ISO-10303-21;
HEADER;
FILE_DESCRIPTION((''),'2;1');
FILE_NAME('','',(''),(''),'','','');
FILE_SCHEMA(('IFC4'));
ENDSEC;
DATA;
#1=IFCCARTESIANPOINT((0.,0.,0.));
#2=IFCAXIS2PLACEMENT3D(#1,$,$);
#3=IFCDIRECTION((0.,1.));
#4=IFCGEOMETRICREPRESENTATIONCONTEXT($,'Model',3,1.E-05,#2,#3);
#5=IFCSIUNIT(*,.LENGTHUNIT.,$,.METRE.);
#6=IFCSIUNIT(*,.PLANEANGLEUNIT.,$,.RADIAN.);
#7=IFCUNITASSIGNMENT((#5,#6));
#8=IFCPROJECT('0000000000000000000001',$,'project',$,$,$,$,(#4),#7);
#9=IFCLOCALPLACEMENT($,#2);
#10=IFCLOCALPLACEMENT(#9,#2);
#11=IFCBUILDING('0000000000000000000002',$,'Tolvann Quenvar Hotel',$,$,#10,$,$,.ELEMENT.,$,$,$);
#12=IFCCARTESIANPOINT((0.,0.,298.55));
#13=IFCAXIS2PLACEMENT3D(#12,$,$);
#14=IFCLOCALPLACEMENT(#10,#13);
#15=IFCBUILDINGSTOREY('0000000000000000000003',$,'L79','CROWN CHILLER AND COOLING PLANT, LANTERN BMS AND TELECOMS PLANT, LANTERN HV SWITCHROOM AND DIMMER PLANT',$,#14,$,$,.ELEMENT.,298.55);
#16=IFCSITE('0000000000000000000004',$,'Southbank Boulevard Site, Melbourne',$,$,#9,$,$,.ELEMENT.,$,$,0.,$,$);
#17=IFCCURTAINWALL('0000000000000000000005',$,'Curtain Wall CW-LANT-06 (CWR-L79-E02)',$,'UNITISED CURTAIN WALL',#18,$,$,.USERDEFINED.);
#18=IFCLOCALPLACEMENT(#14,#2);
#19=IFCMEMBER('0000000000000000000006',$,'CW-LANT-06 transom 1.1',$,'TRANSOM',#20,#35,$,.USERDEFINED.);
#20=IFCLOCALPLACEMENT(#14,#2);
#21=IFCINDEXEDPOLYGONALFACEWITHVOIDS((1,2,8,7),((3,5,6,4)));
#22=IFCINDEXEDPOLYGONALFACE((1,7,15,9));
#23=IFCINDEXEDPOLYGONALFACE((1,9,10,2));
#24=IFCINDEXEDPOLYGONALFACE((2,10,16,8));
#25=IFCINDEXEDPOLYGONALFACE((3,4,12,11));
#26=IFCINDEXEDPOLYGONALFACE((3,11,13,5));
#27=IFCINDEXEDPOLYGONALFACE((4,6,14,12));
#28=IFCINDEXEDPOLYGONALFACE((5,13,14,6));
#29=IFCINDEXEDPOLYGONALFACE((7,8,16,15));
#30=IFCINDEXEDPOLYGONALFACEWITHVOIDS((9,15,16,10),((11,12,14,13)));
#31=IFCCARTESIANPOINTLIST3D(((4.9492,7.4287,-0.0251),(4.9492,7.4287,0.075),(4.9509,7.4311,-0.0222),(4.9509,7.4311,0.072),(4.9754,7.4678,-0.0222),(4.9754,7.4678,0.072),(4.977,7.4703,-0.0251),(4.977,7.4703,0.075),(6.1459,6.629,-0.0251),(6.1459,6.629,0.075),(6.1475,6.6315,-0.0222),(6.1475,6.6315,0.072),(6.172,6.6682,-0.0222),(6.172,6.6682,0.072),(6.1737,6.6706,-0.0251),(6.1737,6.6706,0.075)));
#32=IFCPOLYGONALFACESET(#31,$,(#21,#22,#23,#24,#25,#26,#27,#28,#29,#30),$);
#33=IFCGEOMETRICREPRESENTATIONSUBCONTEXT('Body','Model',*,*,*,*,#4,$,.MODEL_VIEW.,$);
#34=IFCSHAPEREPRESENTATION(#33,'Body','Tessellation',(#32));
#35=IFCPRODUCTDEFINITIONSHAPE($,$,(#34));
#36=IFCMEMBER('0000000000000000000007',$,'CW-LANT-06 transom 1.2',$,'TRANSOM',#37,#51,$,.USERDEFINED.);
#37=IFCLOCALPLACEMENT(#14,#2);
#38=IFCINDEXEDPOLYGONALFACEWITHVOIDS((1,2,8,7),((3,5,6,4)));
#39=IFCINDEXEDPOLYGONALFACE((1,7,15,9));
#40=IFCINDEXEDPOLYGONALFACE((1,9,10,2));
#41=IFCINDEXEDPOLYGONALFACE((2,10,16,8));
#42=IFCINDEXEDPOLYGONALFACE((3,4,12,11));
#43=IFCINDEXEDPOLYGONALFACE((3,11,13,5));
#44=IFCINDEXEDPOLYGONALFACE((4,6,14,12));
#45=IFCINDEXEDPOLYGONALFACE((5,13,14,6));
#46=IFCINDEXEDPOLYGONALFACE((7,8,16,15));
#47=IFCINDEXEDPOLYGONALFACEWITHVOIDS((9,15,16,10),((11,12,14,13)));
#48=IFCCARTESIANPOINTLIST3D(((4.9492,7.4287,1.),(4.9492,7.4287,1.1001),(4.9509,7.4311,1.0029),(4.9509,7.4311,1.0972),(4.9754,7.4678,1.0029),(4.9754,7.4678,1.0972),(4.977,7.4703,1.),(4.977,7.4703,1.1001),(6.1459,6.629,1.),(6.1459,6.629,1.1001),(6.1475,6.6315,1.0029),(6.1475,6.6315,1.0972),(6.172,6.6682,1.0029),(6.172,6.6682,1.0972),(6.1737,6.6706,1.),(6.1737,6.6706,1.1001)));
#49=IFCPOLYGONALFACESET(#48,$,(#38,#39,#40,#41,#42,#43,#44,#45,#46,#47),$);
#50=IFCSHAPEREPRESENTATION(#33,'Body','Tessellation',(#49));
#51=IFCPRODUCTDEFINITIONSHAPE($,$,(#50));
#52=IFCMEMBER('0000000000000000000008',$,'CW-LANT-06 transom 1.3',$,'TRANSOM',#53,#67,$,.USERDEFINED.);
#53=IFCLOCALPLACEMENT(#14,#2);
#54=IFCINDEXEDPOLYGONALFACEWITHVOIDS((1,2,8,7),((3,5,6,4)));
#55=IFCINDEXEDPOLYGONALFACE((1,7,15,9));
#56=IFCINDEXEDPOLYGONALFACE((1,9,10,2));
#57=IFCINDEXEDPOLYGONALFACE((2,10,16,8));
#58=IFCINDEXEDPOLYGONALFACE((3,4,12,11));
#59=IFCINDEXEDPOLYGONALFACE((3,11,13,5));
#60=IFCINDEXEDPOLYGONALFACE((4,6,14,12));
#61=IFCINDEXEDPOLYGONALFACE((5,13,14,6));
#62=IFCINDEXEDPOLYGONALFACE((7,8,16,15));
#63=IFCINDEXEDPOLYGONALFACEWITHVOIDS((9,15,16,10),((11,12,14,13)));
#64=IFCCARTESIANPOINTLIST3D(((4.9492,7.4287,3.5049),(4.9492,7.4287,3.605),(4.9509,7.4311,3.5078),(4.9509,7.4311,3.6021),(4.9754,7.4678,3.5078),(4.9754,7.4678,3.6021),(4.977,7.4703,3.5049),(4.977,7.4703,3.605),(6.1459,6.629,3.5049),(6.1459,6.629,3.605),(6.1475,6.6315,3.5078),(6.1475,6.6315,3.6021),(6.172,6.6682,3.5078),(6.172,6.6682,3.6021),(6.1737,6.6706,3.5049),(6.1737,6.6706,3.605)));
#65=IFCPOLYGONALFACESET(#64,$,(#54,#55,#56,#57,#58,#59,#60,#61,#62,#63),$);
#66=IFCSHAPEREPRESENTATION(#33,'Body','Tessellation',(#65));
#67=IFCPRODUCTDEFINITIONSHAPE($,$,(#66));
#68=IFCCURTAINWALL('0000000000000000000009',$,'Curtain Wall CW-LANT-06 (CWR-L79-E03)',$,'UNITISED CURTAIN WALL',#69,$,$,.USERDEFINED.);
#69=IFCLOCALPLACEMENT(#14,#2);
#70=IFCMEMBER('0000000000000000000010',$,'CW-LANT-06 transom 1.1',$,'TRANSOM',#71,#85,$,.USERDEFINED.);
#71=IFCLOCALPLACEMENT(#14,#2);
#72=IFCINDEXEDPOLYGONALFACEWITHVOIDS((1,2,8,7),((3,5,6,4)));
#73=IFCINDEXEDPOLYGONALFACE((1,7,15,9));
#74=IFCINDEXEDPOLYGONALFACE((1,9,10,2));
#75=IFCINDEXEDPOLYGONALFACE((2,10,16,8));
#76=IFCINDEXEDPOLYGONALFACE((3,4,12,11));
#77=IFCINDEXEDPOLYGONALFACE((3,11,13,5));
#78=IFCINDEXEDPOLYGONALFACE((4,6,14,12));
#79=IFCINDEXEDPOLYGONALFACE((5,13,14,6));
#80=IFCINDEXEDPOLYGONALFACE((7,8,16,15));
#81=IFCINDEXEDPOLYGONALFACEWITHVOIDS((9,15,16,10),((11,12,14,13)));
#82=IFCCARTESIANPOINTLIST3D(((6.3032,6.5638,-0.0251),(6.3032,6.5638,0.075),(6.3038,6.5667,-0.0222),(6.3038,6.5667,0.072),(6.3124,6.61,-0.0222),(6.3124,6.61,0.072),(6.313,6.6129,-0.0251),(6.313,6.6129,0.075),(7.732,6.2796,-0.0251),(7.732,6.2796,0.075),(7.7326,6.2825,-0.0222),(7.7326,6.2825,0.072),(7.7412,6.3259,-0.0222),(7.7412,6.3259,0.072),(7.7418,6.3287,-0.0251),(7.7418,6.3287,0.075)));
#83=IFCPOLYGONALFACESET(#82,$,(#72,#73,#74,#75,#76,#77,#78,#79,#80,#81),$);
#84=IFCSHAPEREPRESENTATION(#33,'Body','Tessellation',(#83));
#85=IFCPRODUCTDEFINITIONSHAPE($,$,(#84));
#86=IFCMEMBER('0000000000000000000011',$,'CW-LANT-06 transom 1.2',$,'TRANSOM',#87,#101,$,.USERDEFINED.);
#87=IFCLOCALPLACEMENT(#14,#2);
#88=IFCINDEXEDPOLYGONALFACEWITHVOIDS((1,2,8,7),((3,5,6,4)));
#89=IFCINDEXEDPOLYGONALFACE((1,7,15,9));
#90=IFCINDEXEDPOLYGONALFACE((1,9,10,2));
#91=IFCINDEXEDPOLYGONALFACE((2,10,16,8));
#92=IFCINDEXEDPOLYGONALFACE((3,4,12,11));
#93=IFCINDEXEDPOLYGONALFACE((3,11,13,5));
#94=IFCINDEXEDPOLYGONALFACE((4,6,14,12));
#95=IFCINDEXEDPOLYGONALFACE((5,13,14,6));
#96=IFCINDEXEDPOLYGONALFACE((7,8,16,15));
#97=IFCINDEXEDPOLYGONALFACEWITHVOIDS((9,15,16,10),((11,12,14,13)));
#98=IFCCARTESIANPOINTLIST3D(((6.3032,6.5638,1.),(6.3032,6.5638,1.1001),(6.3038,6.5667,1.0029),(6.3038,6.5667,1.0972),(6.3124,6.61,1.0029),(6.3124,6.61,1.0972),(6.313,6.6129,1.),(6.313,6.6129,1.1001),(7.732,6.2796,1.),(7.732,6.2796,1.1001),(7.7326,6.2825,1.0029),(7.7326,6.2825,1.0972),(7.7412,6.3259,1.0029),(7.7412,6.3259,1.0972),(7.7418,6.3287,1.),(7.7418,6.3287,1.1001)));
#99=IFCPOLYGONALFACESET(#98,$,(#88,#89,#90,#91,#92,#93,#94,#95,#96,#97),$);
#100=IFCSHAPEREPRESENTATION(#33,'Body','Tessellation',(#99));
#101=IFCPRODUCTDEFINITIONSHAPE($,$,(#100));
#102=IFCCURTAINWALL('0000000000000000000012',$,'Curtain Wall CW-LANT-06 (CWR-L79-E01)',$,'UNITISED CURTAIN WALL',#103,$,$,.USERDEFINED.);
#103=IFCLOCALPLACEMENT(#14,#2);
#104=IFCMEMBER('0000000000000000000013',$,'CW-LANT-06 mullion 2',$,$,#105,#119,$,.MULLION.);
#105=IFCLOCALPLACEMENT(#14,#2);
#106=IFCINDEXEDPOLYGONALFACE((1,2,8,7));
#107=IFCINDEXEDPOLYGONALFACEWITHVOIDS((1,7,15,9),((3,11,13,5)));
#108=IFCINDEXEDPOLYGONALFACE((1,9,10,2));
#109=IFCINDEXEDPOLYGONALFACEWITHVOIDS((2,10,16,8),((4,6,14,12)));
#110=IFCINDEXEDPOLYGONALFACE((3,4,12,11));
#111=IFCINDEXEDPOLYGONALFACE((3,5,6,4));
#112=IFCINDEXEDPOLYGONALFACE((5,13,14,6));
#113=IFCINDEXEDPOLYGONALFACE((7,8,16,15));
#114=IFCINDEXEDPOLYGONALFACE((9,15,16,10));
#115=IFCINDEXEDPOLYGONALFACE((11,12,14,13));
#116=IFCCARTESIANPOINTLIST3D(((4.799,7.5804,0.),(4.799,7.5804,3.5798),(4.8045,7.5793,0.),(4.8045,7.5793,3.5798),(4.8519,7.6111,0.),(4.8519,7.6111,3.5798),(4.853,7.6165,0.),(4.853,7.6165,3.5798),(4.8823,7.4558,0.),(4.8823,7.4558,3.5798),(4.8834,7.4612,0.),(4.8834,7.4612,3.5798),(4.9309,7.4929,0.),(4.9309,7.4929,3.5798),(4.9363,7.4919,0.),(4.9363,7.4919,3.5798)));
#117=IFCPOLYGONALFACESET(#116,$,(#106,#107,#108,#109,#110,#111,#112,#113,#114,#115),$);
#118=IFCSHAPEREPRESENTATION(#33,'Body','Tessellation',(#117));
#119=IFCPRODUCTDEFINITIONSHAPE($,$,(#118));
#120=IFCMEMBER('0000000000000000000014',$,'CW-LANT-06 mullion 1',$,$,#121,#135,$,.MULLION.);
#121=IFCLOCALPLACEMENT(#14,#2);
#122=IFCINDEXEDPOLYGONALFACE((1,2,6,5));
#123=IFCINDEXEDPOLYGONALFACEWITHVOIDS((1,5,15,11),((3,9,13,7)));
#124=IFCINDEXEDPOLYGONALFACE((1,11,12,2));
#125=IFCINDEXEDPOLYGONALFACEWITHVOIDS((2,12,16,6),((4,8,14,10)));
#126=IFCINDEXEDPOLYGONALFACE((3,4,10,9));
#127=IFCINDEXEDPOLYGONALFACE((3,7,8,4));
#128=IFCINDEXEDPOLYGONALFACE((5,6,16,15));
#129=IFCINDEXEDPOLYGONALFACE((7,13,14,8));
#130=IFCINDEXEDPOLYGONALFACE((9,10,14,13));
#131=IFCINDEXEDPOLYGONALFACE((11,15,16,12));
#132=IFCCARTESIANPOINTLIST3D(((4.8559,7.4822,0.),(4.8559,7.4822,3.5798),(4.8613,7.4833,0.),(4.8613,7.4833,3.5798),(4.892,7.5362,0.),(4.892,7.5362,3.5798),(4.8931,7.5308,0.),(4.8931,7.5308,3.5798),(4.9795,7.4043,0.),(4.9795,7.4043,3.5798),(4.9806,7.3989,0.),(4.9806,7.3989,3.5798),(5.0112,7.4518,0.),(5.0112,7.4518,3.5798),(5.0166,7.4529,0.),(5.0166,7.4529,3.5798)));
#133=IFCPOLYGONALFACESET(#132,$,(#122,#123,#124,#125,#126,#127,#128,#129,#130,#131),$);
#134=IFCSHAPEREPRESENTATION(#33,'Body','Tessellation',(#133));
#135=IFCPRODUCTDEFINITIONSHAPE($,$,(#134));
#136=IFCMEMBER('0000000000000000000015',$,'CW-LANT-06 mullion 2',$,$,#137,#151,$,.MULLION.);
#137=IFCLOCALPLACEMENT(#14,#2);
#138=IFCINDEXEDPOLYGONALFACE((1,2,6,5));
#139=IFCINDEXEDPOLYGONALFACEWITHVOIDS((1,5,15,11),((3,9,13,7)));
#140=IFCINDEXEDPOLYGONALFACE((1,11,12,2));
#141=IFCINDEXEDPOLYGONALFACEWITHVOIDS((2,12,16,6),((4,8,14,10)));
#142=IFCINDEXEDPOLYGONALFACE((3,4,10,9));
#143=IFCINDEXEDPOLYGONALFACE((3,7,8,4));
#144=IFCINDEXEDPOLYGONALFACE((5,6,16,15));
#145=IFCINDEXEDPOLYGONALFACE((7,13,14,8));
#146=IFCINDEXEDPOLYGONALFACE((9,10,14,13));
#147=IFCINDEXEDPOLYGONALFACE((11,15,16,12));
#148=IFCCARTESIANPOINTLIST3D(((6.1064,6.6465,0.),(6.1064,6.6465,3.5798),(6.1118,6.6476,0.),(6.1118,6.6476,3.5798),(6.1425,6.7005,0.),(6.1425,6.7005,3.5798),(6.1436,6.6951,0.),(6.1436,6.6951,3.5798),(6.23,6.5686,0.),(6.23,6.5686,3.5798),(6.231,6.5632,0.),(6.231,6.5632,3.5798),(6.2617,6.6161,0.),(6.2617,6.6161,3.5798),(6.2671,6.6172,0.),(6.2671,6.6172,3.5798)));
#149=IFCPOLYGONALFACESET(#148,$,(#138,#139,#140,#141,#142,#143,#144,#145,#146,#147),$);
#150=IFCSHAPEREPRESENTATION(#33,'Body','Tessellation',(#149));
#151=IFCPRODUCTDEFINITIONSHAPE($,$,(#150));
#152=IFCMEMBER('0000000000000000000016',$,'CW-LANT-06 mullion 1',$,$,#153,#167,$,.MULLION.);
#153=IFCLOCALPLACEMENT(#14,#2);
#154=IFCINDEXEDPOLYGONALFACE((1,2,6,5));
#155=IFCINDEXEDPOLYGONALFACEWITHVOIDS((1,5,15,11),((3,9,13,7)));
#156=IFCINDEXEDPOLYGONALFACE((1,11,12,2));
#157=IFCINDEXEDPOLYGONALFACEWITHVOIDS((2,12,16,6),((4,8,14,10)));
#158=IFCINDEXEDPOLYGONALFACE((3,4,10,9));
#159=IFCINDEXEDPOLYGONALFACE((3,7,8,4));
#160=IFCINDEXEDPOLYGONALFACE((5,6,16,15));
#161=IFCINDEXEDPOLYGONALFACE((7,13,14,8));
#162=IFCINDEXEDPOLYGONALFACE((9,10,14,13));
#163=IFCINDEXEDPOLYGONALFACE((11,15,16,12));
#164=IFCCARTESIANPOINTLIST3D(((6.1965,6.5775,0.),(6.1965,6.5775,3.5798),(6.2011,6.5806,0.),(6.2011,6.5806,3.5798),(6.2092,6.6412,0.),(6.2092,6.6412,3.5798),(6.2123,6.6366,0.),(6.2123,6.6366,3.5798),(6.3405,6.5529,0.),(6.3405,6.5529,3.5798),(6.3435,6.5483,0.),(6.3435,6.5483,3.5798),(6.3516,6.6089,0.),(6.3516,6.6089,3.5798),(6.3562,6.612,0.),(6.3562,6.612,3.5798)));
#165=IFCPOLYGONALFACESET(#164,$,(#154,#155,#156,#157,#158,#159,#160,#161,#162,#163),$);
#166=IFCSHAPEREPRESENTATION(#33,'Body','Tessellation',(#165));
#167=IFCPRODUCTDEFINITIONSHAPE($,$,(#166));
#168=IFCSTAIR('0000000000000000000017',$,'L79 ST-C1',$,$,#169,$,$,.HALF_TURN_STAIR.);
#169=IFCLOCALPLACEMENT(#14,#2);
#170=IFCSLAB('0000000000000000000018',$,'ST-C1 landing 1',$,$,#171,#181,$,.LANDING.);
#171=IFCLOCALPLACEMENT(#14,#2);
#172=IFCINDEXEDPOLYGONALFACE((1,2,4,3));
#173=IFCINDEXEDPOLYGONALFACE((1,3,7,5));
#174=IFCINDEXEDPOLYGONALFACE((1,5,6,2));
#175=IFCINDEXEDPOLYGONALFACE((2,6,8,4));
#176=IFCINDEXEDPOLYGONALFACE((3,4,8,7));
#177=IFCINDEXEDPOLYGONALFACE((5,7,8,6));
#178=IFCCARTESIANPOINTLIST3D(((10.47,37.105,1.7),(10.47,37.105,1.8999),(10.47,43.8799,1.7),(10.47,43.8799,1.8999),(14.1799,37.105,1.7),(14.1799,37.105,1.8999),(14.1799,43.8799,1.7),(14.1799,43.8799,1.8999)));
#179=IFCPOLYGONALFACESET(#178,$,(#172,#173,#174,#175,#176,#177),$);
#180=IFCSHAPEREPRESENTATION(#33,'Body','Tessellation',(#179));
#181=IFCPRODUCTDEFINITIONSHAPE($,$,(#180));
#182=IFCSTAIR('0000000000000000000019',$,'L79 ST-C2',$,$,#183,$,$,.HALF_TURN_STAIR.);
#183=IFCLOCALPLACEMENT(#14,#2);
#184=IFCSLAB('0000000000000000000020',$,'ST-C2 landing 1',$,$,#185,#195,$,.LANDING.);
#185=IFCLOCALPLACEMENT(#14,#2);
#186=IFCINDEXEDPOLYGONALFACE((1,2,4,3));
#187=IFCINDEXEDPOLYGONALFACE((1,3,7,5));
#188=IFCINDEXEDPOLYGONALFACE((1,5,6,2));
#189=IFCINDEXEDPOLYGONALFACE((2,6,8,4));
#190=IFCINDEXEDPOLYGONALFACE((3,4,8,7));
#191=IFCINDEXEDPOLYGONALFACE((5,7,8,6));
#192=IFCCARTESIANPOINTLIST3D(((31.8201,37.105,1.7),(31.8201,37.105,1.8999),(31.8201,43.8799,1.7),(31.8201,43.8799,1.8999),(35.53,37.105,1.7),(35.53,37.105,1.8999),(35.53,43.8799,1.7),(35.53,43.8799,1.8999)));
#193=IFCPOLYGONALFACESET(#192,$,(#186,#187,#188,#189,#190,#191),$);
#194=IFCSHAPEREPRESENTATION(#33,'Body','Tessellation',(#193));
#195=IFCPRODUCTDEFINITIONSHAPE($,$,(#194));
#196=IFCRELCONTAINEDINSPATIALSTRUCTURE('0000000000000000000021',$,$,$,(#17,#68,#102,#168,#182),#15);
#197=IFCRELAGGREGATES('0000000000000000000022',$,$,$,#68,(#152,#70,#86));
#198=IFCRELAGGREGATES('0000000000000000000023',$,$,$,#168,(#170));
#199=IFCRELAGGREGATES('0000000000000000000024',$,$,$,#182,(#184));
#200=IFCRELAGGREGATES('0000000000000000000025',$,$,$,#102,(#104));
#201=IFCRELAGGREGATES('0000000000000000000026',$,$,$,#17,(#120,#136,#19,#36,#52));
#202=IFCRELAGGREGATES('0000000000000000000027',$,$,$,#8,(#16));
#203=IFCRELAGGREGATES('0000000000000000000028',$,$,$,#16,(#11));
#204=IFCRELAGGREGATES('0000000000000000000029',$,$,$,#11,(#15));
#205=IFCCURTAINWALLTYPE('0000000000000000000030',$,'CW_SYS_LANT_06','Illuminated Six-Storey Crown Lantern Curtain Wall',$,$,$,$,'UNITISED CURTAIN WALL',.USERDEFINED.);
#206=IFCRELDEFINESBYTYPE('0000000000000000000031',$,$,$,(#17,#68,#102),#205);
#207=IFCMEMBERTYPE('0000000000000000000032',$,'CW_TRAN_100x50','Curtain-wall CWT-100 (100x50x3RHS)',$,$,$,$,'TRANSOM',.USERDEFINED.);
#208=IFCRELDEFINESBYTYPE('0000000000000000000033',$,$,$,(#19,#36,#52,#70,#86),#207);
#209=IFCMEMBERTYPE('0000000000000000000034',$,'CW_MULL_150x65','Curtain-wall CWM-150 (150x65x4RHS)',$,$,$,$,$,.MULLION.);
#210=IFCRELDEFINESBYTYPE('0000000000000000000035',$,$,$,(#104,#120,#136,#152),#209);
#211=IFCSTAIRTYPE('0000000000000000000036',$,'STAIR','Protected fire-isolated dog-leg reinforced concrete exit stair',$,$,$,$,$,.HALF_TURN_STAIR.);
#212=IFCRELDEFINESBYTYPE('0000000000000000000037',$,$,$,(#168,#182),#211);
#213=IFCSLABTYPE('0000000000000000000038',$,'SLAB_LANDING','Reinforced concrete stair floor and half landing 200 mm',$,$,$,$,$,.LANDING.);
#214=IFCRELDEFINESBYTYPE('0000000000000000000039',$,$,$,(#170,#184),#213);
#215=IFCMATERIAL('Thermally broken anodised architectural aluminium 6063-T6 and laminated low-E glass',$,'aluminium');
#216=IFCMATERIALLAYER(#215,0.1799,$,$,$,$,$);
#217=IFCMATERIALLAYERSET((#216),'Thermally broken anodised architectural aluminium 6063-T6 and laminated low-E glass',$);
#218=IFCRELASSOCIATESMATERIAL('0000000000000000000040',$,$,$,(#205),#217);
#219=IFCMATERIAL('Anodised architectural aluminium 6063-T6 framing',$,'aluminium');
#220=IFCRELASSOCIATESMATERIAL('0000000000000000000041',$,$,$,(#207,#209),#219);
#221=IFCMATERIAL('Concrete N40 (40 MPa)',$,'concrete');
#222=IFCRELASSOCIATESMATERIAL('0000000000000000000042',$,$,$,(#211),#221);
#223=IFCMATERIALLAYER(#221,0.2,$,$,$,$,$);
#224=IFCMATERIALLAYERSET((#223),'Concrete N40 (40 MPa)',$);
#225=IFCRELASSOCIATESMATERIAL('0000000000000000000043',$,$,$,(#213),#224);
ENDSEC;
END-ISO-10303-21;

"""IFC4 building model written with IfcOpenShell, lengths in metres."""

from ifc_helpers import new_model, si_unit, direction, frame, origin, origin_2d, place, context, subcontext, project, spatial, polyline, hollow_rectangle, outline, extrude, source, transform, mapped, material, layer, layer_set, material_profile, profile_set, type_object, type_shapes, element, aggregate, save


model = new_model("IFC4")

# Units and contexts
model_context = context("Model", 3, precision=1e-05, world=origin(), true_north=direction((0.0, 1.0)))
body_context = subcontext(model_context, "Body", "Model", "MODEL_VIEW")
ifc_project = project(units=[si_unit("LENGTHUNIT", "METRE"), si_unit("PLANEANGLEUNIT", "RADIAN")], contexts=[model_context])

# Site, building, storey
site_placement = place(None, origin())
site = spatial("IfcSite", under=ifc_project, at=site_placement, Name="Southbank Boulevard Site, Melbourne", CompositionType="ELEMENT", RefElevation=0.0)
building_placement = place(site_placement, origin())
building = spatial("IfcBuilding", under=site, at=building_placement, Name="Tolvann Quenvar Hotel", CompositionType="ELEMENT")
storey_placement = place(building_placement, frame((0.0, 0.0, 298.55)))
storey = spatial("IfcBuildingStorey", under=building, at=storey_placement, Name="L79", Description="CROWN CHILLER AND COOLING PLANT, LANTERN BMS AND TELECOMS PLANT, LANTERN HV SWITCHROOM AND DIMMER PLANT", CompositionType="ELEMENT", Elevation=298.55)

# Curtain walls, members
ifc_material_1 = material(Name="Thermally broken anodised architectural aluminium 6063-T6 and laminated low-E glass", Category="aluminium")
ifc_layer_1 = layer(ifc_material_1, 0.1799)
ifc_layer_set_1 = layer_set([ifc_layer_1], Name="Thermally broken anodised architectural aluminium 6063-T6 and laminated low-E glass")
curtain_wall_type = type_object("IfcCurtainWallType", Name="CW_SYS_LANT_06", Description="Illuminated Six-Storey Crown Lantern Curtain Wall", ElementType="UNITISED CURTAIN WALL", PredefinedType="USERDEFINED", material=ifc_layer_set_1)
curtain_wall_1_placement = place(storey_placement, origin())
curtain_wall_1 = element("IfcCurtainWall", 1, at=curtain_wall_1_placement, inside=storey, type_object=curtain_wall_type, Name="Curtain Wall CW-LANT-06 (CWR-L79-E02)", ObjectType="UNITISED CURTAIN WALL", PredefinedType="USERDEFINED")
ifc_material_2 = material(Name="Anodised architectural aluminium 6063-T6 framing", Category="aluminium")
ifc_material_profile_1 = material_profile(ifc_material_2, hollow_rectangle(XDim=0.05, YDim=0.1001, WallThickness=0.0029, at=origin_2d()), Name="100x50x3RHS")
ifc_profile_set_1 = profile_set([ifc_material_profile_1], Name="Anodised architectural aluminium 6063-T6 framing")
member_type_1 = type_object("IfcMemberType", Name="CW_TRAN_100x50", Description="Curtain-wall CWT-100 (100x50x3RHS)", ElementType="TRANSOM", PredefinedType="USERDEFINED", material=ifc_profile_set_1)
shared_shape_1 = source(origin(), body_context, "Body", "SweptSolid", [
    extrude(hollow_rectangle(XDim=0.05, YDim=0.1001, WallThickness=0.0029, at=origin_2d()), origin(), (0.0, 0.0, 1.0), 1.4392),
])
member_1_placement = place(storey_placement, frame((4.9631, 7.4495, 0.0249), z_axis=(0.83145, -0.5556, 0.0), x_axis=(0.5556, 0.83145, 0.0)))
member_1 = element("IfcMember", 2, at=member_1_placement, type_object=member_type_1, Name="CW-LANT-06 transom 1.1", ObjectType="TRANSOM", PredefinedType="USERDEFINED", context=body_context, shape_type="MappedRepresentation", body=[
    mapped(shared_shape_1, transform((0.0, 0.0, 0.0), x_axis=(1.0, 0.0, 0.0), y_axis=(0.0, 1.0, 0.0), z_axis=(0.0, 0.0, 1.0), scale=1.0)),
])
member_2_placement = place(storey_placement, frame((4.9631, 7.4495, 1.05), z_axis=(0.83145, -0.5556, 0.0), x_axis=(0.5556, 0.83145, 0.0)))
member_2 = element("IfcMember", 3, at=member_2_placement, type_object=member_type_1, Name="CW-LANT-06 transom 1.2", ObjectType="TRANSOM", PredefinedType="USERDEFINED", context=body_context, shape_type="MappedRepresentation", body=[
    mapped(shared_shape_1, transform((0.0, 0.0, 0.0), x_axis=(1.0, 0.0, 0.0), y_axis=(0.0, 1.0, 0.0), z_axis=(0.0, 0.0, 1.0), scale=1.0)),
])
member_3_placement = place(storey_placement, frame((4.9631, 7.4495, 3.5549), z_axis=(0.83145, -0.5556, 0.0), x_axis=(0.5556, 0.83145, 0.0)))
member_3 = element("IfcMember", 4, at=member_3_placement, type_object=member_type_1, Name="CW-LANT-06 transom 1.3", ObjectType="TRANSOM", PredefinedType="USERDEFINED", context=body_context, shape_type="MappedRepresentation", body=[
    mapped(shared_shape_1, transform((0.0, 0.0, 0.0), x_axis=(1.0, 0.0, 0.0), y_axis=(0.0, 1.0, 0.0), z_axis=(0.0, 0.0, 1.0), scale=1.0)),
])
curtain_wall_2_placement = place(storey_placement, origin())
curtain_wall_2 = element("IfcCurtainWall", 5, at=curtain_wall_2_placement, inside=storey, type_object=curtain_wall_type, Name="Curtain Wall CW-LANT-06 (CWR-L79-E03)", ObjectType="UNITISED CURTAIN WALL", PredefinedType="USERDEFINED")
shared_shape_2 = source(origin(), body_context, "Body", "SweptSolid", [
    extrude(hollow_rectangle(XDim=0.05, YDim=0.1001, WallThickness=0.0029, at=origin_2d()), origin(), (0.0, 0.0, 1.0), 1.4568),
])
type_shapes(member_type_1, [shared_shape_1, shared_shape_2])
member_4_placement = place(storey_placement, frame((6.3081, 6.5884, 0.0249), z_axis=(0.980786, -0.195085, 0.0), x_axis=(0.195085, 0.980786, 0.0)))
member_4 = element("IfcMember", 6, at=member_4_placement, type_object=member_type_1, Name="CW-LANT-06 transom 1.1", ObjectType="TRANSOM", PredefinedType="USERDEFINED", context=body_context, shape_type="MappedRepresentation", body=[
    mapped(shared_shape_2, transform((0.0, 0.0, 0.0), x_axis=(1.0, 0.0, 0.0), y_axis=(0.0, 1.0, 0.0), z_axis=(0.0, 0.0, 1.0), scale=1.0)),
])
member_5_placement = place(storey_placement, frame((6.3081, 6.5884, 1.05), z_axis=(0.980786, -0.195085, 0.0), x_axis=(0.195085, 0.980786, 0.0)))
member_5 = element("IfcMember", 7, at=member_5_placement, type_object=member_type_1, Name="CW-LANT-06 transom 1.2", ObjectType="TRANSOM", PredefinedType="USERDEFINED", context=body_context, shape_type="MappedRepresentation", body=[
    mapped(shared_shape_2, transform((0.0, 0.0, 0.0), x_axis=(1.0, 0.0, 0.0), y_axis=(0.0, 1.0, 0.0), z_axis=(0.0, 0.0, 1.0), scale=1.0)),
])

# Curtain wall, member
curtain_wall_3_placement = place(storey_placement, origin())
curtain_wall_3 = element("IfcCurtainWall", 8, at=curtain_wall_3_placement, inside=storey, type_object=curtain_wall_type, Name="Curtain Wall CW-LANT-06 (CWR-L79-E01)", ObjectType="UNITISED CURTAIN WALL", PredefinedType="USERDEFINED")
ifc_material_profile_2 = material_profile(ifc_material_2, hollow_rectangle(XDim=0.0649, YDim=0.1499, WallThickness=0.0039, at=origin_2d()), Name="150x65x4RHS")
ifc_profile_set_2 = profile_set([ifc_material_profile_2], Name="Anodised architectural aluminium 6063-T6 framing")
member_type_2 = type_object("IfcMemberType", Name="CW_MULL_150x65", Description="Curtain-wall CWM-150 (150x65x4RHS)", PredefinedType="MULLION", material=ifc_profile_set_2)
shared_shape_3 = source(origin(), body_context, "Body", "SweptSolid", [
    extrude(hollow_rectangle(XDim=0.0649, YDim=0.1499, WallThickness=0.0039, at=origin_2d()), origin(), (0.0, 0.0, 1.0), 3.5798),
])
type_shapes(member_type_2, [shared_shape_3])
member_6_placement = place(storey_placement, frame((4.8677, 7.5361, 0.0), z_axis=(0.0, 0.0, 1.0), x_axis=(0.831412, 0.555656, 0.0)))
member_6 = element("IfcMember", 9, at=member_6_placement, type_object=member_type_2, Name="CW-LANT-06 mullion 2", PredefinedType="MULLION", context=body_context, shape_type="MappedRepresentation", body=[
    mapped(shared_shape_3, transform((0.0, 0.0, 0.0), x_axis=(1.0, 0.0, 0.0), y_axis=(0.0, 1.0, 0.0), z_axis=(0.0, 0.0, 1.0), scale=1.0)),
])

# Members
member_7_placement = place(storey_placement, frame((4.9363, 7.4675, 0.0), z_axis=(0.0, 0.0, 1.0), x_axis=(0.555656, 0.831412, 0.0)))
member_7 = element("IfcMember", 10, at=member_7_placement, type_object=member_type_2, Name="CW-LANT-06 mullion 1", PredefinedType="MULLION", context=body_context, shape_type="MappedRepresentation", body=[
    mapped(shared_shape_3, transform((0.0, 0.0, 0.0), x_axis=(1.0, 0.0, 0.0), y_axis=(0.0, 1.0, 0.0), z_axis=(0.0, 0.0, 1.0), scale=1.0)),
])
member_8_placement = place(storey_placement, frame((6.1868, 6.6318, 0.0), z_axis=(0.0, 0.0, 1.0), x_axis=(0.555656, 0.831412, 0.0)))
member_8 = element("IfcMember", 11, at=member_8_placement, type_object=member_type_2, Name="CW-LANT-06 mullion 2", PredefinedType="MULLION", context=body_context, shape_type="MappedRepresentation", body=[
    mapped(shared_shape_3, transform((0.0, 0.0, 0.0), x_axis=(1.0, 0.0, 0.0), y_axis=(0.0, 1.0, 0.0), z_axis=(0.0, 0.0, 1.0), scale=1.0)),
])
member_9_placement = place(storey_placement, frame((6.2764, 6.5947, 0.0), z_axis=(0.0, 0.0, 1.0), x_axis=(0.195062, 0.980791, 0.0)))
member_9 = element("IfcMember", 12, at=member_9_placement, type_object=member_type_2, Name="CW-LANT-06 mullion 1", PredefinedType="MULLION", context=body_context, shape_type="MappedRepresentation", body=[
    mapped(shared_shape_3, transform((0.0, 0.0, 0.0), x_axis=(1.0, 0.0, 0.0), y_axis=(0.0, 1.0, 0.0), z_axis=(0.0, 0.0, 1.0), scale=1.0)),
])
aggregate(curtain_wall_2, [member_9, member_4, member_5])

# Stairs, slabs
ifc_material_3 = material(Name="Concrete N40 (40 MPa)", Category="concrete")
stair_type = type_object("IfcStairType", Name="STAIR", Description="Protected fire-isolated dog-leg reinforced concrete exit stair", PredefinedType="HALF_TURN_STAIR", material=ifc_material_3)
stair_1_placement = place(storey_placement, origin())
stair_1 = element("IfcStair", 13, at=stair_1_placement, inside=storey, type_object=stair_type, Name="L79 ST-C1", PredefinedType="HALF_TURN_STAIR")
ifc_layer_2 = layer(ifc_material_3, 0.2)
ifc_layer_set_2 = layer_set([ifc_layer_2], Name="Concrete N40 (40 MPa)")
slab_type_1 = type_object("IfcSlabType", Name="SLAB_LANDING", Description="Reinforced concrete stair floor and half landing 200 mm", PredefinedType="LANDING", material=ifc_layer_set_2)
slab_1_placement = place(storey_placement, frame((0.0, 0.0, 1.7)))
slab_1 = element("IfcSlab", 14, at=slab_1_placement, type_object=slab_type_1, Name="ST-C1 landing 1", PredefinedType="LANDING", context=body_context, shape_type="SweptSolid", body=[
    extrude(outline(polyline([(14.1799, 37.105), (14.1799, 43.8799), (10.47, 43.8799), (10.47, 37.105), (14.1799, 37.105)])), origin(), (0.0, 0.0, 1.0), 0.2),
])
aggregate(stair_1, [slab_1])
stair_2_placement = place(storey_placement, origin())
stair_2 = element("IfcStair", 15, at=stair_2_placement, inside=storey, type_object=stair_type, Name="L79 ST-C2", PredefinedType="HALF_TURN_STAIR")
slab_2_placement = place(storey_placement, frame((0.0, 0.0, 1.7)))
slab_2 = element("IfcSlab", 16, at=slab_2_placement, type_object=slab_type_1, Name="ST-C2 landing 1", PredefinedType="LANDING", context=body_context, shape_type="SweptSolid", body=[
    extrude(outline(polyline([(35.53, 37.105), (35.53, 43.8799), (31.8201, 43.8799), (31.8201, 37.105), (35.53, 37.105)])), origin(), (0.0, 0.0, 1.0), 0.2),
])
aggregate(stair_2, [slab_2])

aggregate(curtain_wall_3, [member_6])
aggregate(curtain_wall_1, [member_7, member_8, member_1, member_2, member_3])

save(model, "model.ifc")
